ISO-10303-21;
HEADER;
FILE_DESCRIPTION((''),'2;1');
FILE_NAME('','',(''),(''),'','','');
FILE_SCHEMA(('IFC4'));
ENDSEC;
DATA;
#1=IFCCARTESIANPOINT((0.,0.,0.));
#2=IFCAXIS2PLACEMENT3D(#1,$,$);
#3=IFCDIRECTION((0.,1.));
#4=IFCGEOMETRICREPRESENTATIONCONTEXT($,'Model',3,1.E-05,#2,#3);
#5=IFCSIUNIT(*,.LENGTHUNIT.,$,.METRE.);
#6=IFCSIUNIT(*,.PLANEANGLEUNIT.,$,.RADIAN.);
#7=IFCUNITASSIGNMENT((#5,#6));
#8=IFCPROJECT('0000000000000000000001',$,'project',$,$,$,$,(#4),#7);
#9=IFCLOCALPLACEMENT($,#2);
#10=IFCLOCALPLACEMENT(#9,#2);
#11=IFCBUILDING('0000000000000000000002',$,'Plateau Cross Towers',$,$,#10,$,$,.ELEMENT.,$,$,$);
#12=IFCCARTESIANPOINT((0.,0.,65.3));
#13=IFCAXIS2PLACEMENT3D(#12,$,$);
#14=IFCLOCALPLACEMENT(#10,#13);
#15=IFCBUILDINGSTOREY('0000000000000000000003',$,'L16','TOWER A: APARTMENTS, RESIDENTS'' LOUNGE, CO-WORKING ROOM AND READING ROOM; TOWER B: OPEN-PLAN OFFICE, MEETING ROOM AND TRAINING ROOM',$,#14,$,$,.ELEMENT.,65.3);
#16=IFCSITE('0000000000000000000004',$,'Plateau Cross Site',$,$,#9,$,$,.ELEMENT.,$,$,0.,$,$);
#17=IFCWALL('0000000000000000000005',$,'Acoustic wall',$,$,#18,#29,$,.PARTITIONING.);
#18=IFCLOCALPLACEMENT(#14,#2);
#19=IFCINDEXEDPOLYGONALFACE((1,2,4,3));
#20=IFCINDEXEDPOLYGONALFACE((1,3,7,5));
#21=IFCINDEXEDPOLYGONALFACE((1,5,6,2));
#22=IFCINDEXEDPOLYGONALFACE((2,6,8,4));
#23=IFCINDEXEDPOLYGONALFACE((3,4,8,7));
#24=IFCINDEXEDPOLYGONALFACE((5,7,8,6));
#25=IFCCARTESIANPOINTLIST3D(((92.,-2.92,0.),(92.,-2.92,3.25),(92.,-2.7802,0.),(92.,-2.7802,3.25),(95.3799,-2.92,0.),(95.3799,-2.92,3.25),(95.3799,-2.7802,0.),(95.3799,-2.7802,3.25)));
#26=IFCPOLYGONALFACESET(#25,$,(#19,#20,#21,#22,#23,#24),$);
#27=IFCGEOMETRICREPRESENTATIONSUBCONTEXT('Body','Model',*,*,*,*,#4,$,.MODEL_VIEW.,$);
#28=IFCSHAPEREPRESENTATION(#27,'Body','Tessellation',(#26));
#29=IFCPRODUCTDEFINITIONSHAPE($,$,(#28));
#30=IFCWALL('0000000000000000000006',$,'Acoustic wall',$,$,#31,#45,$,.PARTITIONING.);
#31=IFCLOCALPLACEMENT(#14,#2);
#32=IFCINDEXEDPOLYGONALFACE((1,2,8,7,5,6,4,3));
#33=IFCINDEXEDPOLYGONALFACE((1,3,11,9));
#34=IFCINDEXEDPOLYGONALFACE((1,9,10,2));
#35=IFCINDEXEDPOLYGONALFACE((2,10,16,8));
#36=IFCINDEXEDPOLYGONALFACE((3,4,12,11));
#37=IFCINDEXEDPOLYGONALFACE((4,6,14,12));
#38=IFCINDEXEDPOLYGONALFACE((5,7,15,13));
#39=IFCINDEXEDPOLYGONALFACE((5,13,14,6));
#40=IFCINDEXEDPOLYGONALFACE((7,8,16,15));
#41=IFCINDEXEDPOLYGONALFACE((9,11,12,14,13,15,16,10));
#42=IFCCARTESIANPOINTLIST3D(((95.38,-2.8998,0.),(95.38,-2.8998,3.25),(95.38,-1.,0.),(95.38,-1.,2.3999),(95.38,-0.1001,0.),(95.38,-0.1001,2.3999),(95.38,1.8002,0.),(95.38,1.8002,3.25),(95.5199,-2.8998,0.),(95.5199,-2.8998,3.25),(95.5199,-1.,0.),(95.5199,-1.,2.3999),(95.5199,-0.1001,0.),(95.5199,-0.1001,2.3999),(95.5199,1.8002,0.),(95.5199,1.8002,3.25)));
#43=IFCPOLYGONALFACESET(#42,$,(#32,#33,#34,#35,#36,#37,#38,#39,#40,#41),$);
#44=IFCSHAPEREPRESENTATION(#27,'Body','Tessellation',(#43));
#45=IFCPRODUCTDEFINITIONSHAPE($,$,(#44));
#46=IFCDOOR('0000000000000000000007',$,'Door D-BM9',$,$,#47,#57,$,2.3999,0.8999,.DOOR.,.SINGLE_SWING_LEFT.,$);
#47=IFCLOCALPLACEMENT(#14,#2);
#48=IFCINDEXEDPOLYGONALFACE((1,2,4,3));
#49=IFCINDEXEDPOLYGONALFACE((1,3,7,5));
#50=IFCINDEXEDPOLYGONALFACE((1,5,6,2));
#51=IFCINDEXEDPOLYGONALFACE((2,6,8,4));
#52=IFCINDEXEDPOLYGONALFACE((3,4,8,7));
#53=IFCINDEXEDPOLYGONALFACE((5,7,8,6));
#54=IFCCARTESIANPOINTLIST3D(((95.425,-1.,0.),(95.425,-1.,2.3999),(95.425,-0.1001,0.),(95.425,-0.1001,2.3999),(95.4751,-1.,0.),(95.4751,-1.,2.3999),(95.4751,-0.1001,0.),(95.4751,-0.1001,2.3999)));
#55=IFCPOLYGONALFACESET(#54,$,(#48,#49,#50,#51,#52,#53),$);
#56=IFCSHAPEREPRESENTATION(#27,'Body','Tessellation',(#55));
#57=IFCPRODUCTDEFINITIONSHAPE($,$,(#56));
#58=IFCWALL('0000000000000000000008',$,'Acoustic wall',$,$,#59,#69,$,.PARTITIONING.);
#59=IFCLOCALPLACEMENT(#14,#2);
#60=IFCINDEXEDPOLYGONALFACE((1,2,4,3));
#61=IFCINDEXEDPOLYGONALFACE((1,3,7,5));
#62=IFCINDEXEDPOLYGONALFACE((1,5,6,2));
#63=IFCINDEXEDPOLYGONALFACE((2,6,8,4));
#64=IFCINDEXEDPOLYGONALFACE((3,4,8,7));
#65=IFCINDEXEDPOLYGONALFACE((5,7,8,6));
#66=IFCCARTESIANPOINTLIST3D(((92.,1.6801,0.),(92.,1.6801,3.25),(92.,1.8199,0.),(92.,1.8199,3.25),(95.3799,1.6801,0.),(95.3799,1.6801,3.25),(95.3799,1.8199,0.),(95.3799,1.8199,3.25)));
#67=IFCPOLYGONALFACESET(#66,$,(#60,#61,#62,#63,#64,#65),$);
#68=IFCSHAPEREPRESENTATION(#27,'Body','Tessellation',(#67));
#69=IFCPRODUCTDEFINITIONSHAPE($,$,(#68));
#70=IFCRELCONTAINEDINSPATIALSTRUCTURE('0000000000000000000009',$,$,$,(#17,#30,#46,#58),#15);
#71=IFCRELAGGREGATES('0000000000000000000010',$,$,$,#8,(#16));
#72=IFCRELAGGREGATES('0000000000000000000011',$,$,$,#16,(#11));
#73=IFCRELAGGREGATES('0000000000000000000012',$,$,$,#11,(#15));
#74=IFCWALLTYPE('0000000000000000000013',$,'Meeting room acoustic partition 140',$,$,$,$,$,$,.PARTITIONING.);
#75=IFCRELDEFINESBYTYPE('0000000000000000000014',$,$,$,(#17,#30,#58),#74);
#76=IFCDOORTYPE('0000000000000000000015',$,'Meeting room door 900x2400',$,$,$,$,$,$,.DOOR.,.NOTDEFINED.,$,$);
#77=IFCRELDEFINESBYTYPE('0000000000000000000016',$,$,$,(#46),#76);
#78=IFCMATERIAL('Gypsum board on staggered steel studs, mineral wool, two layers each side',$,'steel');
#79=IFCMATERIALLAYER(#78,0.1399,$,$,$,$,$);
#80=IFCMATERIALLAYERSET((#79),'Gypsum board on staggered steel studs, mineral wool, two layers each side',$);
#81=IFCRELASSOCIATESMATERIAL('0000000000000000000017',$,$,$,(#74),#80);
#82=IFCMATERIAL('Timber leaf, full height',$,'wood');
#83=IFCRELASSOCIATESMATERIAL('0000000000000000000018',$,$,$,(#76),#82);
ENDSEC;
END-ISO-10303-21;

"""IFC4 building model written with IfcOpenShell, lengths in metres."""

from ifc_helpers import new_model, si_unit, direction, frame, frame_2d, origin, place, context, subcontext, project, spatial, rectangle, extrude, material, layer, layer_set, type_object, element, fill, save


model = new_model("IFC4")

# Units and contexts
model_context = context("Model", 3, precision=1e-05, world=origin(), true_north=direction((0.0, 1.0)))
body_context = subcontext(model_context, "Body", "Model", "MODEL_VIEW")
ifc_project = project(units=[si_unit("LENGTHUNIT", "METRE"), si_unit("PLANEANGLEUNIT", "RADIAN")], contexts=[model_context])

# Site, building, storey
site_placement = place(None, origin())
site = spatial("IfcSite", under=ifc_project, at=site_placement, Name="Plateau Cross Site", CompositionType="ELEMENT", RefElevation=0.0)
building_placement = place(site_placement, origin())
building = spatial("IfcBuilding", under=site, at=building_placement, Name="Plateau Cross Towers", CompositionType="ELEMENT")
storey_placement = place(building_placement, frame((0.0, 0.0, 65.3)))
storey = spatial("IfcBuildingStorey", under=building, at=storey_placement, Name="L16", Description="TOWER A: APARTMENTS, RESIDENTS' LOUNGE, CO-WORKING ROOM AND READING ROOM; TOWER B: OPEN-PLAN OFFICE, MEETING ROOM AND TRAINING ROOM", CompositionType="ELEMENT", Elevation=65.3)

# Shared definitions
ifc_material_1 = material(Name="Gypsum board on staggered steel studs, mineral wool, two layers each side", Category="steel")
ifc_layer_1 = layer(ifc_material_1, 0.1399)
ifc_layer_set_1 = layer_set([ifc_layer_1], Name="Gypsum board on staggered steel studs, mineral wool, two layers each side")
wall_type_1 = type_object("IfcWallType", Name="Meeting room acoustic partition 140", PredefinedType="PARTITIONING", material=ifc_layer_set_1)
ifc_material_2 = material(Name="Timber leaf, full height", Category="wood")
door_type_1 = type_object("IfcDoorType", Name="Meeting room door 900x2400", OperationType="NOTDEFINED", PredefinedType="DOOR", material=ifc_material_2)

# Wall
wall_1_placement = place(storey_placement, frame((92.0, -2.8501, 0.0), z_axis=(0.0, 0.0, 1.0), x_axis=(1.0, 0.0, 0.0)))
element("IfcWall", 1, at=wall_1_placement, inside=storey, type_object=wall_type_1, Name="Acoustic wall", PredefinedType="PARTITIONING", context=body_context, shape_type="SweptSolid", body=[
    extrude(rectangle(XDim=3.3799, YDim=0.1399, at=frame_2d((1.6899, 0.0))), origin(), (0.0, 0.0, 1.0), 3.25),
])

# Wall, opening, door
wall_2_placement = place(storey_placement, frame((95.45, -2.8999, 0.0), z_axis=(0.0, 0.0, 1.0), x_axis=(0.0, 1.0, 0.0)))
wall_2 = element("IfcWall", 2, at=wall_2_placement, inside=storey, type_object=wall_type_1, Name="Acoustic wall", PredefinedType="PARTITIONING", context=body_context, shape_type="SweptSolid", body=[
    extrude(rectangle(XDim=4.7, YDim=0.1399, at=frame_2d((2.3501, 0.0))), origin(), (0.0, 0.0, 1.0), 3.25),
])
opening_1_placement = place(wall_2_placement, frame((1.8999, 0.0, 0.0)))
opening_1 = element("IfcOpeningElement", 3, at=opening_1_placement, cuts=wall_2, PredefinedType="OPENING", context=body_context, shape_type="SweptSolid", body=[
    extrude(rectangle(XDim=0.8999, YDim=2.3999, at=frame_2d((0.45, 1.2))), frame((0.0, 0.0798, 0.0), z_axis=(0.0, -1.0, 0.0), x_axis=(1.0, 0.0, 0.0)), (0.0, 0.0, 1.0), 0.1599),
])
door_1_placement = place(opening_1_placement, origin())
door_1 = element("IfcDoor", 4, at=door_1_placement, inside=storey, type_object=door_type_1, Name="Door D-BM9", OperationType="SINGLE_SWING_LEFT", OverallHeight=2.3999, OverallWidth=0.8999, PredefinedType="DOOR", context=body_context, shape_type="SweptSolid", body=[
    extrude(rectangle(XDim=0.8999, YDim=2.3999, at=frame_2d((0.45, 1.2))), frame((0.0, 0.0249, 0.0), z_axis=(0.0, -1.0, 0.0), x_axis=(1.0, 0.0, 0.0)), (0.0, 0.0, 1.0), 0.05),
])
fill(opening_1, door_1)

# Wall
wall_3_placement = place(storey_placement, frame((92.0, 1.75, 0.0), z_axis=(0.0, 0.0, 1.0), x_axis=(1.0, 0.0, 0.0)))
element("IfcWall", 5, at=wall_3_placement, inside=storey, type_object=wall_type_1, Name="Acoustic wall", PredefinedType="PARTITIONING", context=body_context, shape_type="SweptSolid", body=[
    extrude(rectangle(XDim=3.3799, YDim=0.1399, at=frame_2d((1.6899, 0.0))), origin(), (0.0, 0.0, 1.0), 3.25),
])

save(model, "model.ifc")
